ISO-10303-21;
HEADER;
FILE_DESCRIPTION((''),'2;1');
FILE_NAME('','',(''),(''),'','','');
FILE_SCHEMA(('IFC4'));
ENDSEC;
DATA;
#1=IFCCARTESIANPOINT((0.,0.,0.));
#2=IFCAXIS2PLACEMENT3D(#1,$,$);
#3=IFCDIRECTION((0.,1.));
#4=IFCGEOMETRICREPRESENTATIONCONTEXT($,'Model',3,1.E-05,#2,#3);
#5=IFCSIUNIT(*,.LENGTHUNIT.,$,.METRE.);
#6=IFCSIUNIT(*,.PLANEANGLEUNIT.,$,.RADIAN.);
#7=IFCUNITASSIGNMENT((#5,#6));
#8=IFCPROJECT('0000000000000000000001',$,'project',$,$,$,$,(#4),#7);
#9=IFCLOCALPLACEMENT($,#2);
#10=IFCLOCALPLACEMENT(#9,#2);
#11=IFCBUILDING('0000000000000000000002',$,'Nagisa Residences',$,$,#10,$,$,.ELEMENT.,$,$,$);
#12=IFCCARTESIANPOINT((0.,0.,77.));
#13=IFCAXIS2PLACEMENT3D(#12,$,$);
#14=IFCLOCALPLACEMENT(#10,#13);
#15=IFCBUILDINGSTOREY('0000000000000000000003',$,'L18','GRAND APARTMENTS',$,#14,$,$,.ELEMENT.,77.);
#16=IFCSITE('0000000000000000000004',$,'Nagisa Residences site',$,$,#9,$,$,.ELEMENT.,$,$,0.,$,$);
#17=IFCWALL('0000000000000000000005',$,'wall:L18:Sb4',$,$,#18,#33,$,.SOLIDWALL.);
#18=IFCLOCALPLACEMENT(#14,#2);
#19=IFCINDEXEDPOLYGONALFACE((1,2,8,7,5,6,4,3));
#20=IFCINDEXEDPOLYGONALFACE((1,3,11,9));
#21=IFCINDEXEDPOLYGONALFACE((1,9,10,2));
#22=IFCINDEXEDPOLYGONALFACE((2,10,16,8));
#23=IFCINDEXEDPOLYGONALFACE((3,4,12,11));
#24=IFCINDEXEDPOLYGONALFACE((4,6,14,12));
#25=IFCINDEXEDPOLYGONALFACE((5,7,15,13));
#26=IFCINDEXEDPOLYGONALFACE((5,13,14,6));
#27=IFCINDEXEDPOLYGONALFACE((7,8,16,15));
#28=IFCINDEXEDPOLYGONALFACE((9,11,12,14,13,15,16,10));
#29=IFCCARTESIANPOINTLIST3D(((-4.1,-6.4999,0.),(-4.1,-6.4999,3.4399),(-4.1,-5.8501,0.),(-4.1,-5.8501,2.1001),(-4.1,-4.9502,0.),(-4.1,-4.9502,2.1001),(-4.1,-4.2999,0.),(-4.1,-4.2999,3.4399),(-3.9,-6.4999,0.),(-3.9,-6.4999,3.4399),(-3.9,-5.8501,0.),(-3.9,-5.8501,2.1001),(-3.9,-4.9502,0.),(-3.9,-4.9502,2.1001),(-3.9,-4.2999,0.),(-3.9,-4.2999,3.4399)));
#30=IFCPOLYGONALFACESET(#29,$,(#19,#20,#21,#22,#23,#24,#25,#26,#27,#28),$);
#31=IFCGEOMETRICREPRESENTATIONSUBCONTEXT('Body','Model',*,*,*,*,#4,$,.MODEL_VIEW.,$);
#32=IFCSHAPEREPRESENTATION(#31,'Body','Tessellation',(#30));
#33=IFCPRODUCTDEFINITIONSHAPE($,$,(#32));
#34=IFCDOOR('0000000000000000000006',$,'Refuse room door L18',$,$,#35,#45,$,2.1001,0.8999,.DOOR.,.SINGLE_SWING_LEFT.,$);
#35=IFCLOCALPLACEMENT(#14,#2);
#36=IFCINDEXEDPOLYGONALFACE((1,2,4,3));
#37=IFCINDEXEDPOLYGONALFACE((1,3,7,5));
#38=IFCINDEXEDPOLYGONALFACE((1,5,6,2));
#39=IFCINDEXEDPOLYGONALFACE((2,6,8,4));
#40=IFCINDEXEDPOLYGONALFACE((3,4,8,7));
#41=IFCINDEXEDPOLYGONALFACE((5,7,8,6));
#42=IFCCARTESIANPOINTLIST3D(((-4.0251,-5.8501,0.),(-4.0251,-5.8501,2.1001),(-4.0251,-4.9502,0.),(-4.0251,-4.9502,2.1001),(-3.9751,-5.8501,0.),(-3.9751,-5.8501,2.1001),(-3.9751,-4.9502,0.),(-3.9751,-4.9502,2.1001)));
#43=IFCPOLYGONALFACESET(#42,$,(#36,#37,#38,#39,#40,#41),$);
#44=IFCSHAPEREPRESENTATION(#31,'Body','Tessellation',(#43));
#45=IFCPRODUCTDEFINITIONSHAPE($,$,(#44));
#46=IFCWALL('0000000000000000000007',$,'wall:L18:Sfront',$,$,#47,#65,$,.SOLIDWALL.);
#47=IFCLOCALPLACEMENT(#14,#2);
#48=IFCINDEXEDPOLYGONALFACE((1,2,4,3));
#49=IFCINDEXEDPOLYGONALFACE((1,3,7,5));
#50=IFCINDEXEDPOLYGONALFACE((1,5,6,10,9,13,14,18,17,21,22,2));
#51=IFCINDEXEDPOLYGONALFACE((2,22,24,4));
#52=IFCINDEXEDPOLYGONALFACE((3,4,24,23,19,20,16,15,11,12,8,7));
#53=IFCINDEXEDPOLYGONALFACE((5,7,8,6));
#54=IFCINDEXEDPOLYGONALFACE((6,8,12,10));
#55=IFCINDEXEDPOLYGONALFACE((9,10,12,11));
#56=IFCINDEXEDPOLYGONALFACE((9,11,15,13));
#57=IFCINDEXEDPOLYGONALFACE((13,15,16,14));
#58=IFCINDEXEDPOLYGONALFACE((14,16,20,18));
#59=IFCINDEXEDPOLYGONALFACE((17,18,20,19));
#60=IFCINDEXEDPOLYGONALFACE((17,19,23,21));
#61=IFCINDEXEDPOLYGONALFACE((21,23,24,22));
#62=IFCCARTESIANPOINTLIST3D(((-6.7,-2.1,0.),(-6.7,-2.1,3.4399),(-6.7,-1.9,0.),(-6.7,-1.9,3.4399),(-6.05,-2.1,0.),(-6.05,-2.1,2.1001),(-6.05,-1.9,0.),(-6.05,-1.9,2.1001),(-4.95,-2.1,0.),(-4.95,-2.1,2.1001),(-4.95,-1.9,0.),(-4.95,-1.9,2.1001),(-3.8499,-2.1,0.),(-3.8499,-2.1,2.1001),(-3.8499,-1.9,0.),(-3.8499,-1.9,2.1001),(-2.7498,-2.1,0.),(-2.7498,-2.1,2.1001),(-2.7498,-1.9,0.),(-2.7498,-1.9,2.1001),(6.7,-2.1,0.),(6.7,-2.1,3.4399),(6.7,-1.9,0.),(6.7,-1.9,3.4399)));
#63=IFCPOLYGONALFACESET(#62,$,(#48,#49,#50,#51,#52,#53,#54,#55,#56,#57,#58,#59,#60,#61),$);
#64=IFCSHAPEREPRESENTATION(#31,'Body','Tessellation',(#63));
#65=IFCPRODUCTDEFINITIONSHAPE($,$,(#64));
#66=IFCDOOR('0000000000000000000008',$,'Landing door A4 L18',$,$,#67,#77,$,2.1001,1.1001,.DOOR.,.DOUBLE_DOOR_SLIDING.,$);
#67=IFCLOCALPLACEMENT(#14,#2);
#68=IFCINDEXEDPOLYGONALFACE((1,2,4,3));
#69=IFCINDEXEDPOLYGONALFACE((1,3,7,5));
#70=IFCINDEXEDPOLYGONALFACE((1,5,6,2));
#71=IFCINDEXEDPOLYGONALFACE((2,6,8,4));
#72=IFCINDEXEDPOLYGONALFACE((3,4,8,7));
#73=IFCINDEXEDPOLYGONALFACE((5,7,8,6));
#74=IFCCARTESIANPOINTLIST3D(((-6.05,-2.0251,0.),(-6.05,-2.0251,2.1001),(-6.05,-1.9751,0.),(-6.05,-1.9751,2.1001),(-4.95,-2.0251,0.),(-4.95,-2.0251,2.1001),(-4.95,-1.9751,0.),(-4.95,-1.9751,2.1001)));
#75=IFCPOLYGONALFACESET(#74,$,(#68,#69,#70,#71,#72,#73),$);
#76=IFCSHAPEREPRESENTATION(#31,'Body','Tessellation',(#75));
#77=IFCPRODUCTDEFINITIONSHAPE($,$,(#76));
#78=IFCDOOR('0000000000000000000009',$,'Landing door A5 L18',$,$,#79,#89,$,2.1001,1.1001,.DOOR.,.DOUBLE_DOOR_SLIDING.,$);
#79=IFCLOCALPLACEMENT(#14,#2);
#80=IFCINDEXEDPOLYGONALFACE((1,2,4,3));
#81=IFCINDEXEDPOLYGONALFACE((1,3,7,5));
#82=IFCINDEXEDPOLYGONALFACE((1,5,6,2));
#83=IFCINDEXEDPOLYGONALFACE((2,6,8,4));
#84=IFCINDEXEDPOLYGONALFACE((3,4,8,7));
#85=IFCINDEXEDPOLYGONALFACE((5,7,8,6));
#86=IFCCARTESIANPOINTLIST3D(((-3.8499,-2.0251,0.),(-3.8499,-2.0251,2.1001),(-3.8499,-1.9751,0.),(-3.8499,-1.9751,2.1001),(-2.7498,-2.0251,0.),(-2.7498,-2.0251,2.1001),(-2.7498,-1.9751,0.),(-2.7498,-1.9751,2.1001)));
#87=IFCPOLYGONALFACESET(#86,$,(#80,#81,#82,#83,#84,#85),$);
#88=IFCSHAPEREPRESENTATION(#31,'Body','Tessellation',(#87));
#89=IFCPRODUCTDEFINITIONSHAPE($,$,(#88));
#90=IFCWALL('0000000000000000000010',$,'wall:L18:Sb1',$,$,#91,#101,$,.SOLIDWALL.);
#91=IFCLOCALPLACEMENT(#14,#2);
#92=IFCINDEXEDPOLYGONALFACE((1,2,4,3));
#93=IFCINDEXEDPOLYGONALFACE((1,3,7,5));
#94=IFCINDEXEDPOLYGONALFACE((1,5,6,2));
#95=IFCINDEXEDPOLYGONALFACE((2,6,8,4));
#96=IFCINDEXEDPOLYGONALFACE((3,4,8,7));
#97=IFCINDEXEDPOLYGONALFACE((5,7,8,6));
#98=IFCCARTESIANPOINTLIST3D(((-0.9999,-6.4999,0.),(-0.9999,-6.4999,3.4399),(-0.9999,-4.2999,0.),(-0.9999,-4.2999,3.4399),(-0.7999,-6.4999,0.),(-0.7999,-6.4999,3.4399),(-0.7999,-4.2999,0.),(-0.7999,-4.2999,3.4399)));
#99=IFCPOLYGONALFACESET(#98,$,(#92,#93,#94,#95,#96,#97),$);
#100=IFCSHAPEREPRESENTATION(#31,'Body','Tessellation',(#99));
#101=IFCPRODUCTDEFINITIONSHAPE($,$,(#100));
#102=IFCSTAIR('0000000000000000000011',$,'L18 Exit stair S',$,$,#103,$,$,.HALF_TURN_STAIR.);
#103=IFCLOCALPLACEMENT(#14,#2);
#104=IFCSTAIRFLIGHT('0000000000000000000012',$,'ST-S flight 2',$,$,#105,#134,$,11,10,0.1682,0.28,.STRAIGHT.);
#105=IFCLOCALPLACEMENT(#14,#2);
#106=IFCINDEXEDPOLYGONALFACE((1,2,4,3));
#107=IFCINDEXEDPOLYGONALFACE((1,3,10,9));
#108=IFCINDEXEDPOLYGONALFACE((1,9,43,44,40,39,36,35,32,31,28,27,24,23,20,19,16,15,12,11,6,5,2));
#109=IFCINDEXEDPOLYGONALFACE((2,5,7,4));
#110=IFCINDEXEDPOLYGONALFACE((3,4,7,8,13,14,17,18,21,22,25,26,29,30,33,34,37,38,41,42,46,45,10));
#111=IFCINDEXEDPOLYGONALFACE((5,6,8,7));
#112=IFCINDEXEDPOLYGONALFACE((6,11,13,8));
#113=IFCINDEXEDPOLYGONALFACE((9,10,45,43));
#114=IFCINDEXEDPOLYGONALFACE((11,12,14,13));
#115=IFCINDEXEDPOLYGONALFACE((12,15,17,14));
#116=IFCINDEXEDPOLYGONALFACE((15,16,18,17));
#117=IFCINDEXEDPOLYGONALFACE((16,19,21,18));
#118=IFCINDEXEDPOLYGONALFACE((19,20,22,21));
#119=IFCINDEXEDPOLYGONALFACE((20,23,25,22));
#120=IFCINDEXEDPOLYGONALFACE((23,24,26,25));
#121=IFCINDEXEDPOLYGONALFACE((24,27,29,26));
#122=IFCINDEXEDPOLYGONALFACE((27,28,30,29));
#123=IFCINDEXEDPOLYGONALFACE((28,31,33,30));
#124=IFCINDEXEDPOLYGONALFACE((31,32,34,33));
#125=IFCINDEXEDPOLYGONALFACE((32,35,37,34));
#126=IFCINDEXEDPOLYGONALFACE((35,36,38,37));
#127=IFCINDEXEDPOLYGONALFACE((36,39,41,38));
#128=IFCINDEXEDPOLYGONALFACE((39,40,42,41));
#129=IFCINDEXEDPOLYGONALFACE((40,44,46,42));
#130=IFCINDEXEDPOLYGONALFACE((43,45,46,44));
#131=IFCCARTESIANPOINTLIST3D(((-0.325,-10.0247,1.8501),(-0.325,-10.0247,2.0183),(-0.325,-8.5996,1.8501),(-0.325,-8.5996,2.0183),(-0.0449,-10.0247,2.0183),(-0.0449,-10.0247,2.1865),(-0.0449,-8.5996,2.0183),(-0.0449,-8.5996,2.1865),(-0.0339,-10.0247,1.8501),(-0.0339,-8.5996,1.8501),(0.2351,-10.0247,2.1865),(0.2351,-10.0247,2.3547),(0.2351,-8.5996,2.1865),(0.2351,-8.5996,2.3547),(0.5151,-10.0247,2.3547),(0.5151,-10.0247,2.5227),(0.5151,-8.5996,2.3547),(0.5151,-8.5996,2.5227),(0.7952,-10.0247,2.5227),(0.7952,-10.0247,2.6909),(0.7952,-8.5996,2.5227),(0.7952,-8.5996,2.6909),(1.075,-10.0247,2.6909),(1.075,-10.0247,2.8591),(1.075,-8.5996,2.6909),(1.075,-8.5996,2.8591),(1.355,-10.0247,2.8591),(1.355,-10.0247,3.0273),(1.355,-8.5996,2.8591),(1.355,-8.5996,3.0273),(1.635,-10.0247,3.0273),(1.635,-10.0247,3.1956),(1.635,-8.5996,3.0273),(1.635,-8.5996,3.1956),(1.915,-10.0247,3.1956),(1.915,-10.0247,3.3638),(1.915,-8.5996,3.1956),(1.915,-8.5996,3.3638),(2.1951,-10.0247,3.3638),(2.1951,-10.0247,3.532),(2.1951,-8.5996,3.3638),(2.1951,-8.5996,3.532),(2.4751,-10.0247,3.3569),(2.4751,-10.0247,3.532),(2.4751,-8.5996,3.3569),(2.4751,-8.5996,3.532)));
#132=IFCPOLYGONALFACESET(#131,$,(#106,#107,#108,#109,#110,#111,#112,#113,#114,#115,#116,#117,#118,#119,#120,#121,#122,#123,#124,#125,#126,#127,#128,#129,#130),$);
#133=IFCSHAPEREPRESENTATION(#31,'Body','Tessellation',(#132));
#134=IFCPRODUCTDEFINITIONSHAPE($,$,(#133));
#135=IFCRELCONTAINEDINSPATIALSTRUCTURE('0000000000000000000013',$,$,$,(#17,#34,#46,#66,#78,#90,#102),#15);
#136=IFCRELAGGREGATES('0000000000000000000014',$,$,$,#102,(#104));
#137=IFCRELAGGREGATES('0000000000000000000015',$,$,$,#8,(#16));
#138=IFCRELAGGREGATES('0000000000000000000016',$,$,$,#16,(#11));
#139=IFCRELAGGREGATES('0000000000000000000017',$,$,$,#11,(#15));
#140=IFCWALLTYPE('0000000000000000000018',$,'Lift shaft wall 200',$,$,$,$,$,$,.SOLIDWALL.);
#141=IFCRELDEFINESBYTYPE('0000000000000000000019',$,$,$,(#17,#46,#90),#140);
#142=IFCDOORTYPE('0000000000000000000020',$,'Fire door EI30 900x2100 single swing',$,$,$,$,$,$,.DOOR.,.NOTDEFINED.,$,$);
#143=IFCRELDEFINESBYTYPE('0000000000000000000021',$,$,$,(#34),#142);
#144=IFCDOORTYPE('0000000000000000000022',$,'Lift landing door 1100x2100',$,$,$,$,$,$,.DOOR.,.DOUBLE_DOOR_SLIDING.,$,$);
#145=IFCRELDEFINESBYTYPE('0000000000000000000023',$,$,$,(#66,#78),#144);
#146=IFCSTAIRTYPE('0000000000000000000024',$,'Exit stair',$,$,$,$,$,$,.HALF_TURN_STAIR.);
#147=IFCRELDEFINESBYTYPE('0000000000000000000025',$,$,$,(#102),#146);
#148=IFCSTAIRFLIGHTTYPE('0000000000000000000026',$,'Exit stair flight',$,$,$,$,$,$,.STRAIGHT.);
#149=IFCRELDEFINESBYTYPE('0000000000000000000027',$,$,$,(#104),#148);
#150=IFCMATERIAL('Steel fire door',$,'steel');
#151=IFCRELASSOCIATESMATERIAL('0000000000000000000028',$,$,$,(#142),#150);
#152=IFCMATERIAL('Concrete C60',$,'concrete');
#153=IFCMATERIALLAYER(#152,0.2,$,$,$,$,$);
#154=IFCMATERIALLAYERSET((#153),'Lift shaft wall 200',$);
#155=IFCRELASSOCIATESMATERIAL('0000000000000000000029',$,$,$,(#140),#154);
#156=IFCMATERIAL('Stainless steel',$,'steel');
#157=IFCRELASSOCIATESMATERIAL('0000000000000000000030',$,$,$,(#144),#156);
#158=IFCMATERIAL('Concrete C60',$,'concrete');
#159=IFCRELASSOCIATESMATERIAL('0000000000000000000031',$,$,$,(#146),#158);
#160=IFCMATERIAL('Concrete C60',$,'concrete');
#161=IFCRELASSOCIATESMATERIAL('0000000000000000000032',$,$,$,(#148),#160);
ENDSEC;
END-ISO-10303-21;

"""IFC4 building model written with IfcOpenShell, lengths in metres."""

from ifc_helpers import new_model, si_unit, direction, frame, frame_2d, origin, place, context, subcontext, project, spatial, polyline, rectangle, outline, extrude, material, layer, layer_set, type_object, element, fill, aggregate, save


model = new_model("IFC4")

# Units and contexts
model_context = context("Model", 3, precision=1e-05, world=origin(), true_north=direction((0.0, 1.0)))
body_context = subcontext(model_context, "Body", "Model", "MODEL_VIEW")
ifc_project = project(units=[si_unit("LENGTHUNIT", "METRE"), si_unit("PLANEANGLEUNIT", "RADIAN")], contexts=[model_context])

# Site, building, storey
site_placement = place(None, origin())
site = spatial("IfcSite", under=ifc_project, at=site_placement, Name="Nagisa Residences site", CompositionType="ELEMENT", RefElevation=0.0)
building_placement = place(site_placement, origin())
building = spatial("IfcBuilding", under=site, at=building_placement, Name="Nagisa Residences", CompositionType="ELEMENT")
storey_placement = place(building_placement, frame((0.0, 0.0, 77.0)))
storey = spatial("IfcBuildingStorey", under=building, at=storey_placement, Name="L18", Description="GRAND APARTMENTS", CompositionType="ELEMENT", Elevation=77.0)

# Shared definitions
ifc_material_1 = material(Name="Steel fire door", Category="steel")
door_type_1 = type_object("IfcDoorType", Name="Fire door EI30 900x2100 single swing", OperationType="NOTDEFINED", PredefinedType="DOOR", material=ifc_material_1)

# Wall, opening, door
ifc_material_2 = material(Name="Concrete C60", Category="concrete")
ifc_layer_1 = layer(ifc_material_2, 0.2)
ifc_layer_set_1 = layer_set([ifc_layer_1], Name="Lift shaft wall 200")
wall_type_1 = type_object("IfcWallType", Name="Lift shaft wall 200", PredefinedType="SOLIDWALL", material=ifc_layer_set_1)
wall_1_placement = place(storey_placement, frame((-4.0, -6.5, 0.0), z_axis=(0.0, 0.0, 1.0), x_axis=(0.0, 1.0, 0.0)))
wall_1 = element("IfcWall", 1, at=wall_1_placement, inside=storey, type_object=wall_type_1, Name="wall:L18:Sb4", PredefinedType="SOLIDWALL", context=body_context, shape_type="SweptSolid", body=[
    extrude(rectangle(XDim=2.2, YDim=0.2, at=frame_2d((1.1001, 0.0))), origin(), (0.0, 0.0, 1.0), 3.4399),
])
opening_1_placement = place(wall_1_placement, frame((0.6499, 0.0, 0.0)))
opening_1 = element("IfcOpeningElement", 2, at=opening_1_placement, cuts=wall_1, PredefinedType="OPENING", context=body_context, shape_type="SweptSolid", body=[
    extrude(rectangle(XDim=0.8999, YDim=2.1001, at=frame_2d((0.45, 1.05))), frame((0.0, 0.1099, 0.0), z_axis=(0.0, -1.0, 0.0), x_axis=(1.0, 0.0, 0.0)), (0.0, 0.0, 1.0), 0.22),
])
door_1_placement = place(opening_1_placement, frame((0.8999, 0.0, 0.0), x_axis=(-1.0, 0.0, 0.0)))
door_1 = element("IfcDoor", 3, at=door_1_placement, inside=storey, type_object=door_type_1, Name="Refuse room door L18", OperationType="SINGLE_SWING_LEFT", OverallHeight=2.1001, OverallWidth=0.8999, PredefinedType="DOOR", context=body_context, shape_type="SweptSolid", body=[
    extrude(rectangle(XDim=0.8999, YDim=2.1001, at=frame_2d((0.45, 1.05))), frame((0.0, 0.0249, 0.0), z_axis=(0.0, -1.0, 0.0), x_axis=(1.0, 0.0, 0.0)), (0.0, 0.0, 1.0), 0.05),
])
fill(opening_1, door_1)

# Wall, openings, doors
wall_2_placement = place(storey_placement, frame((-6.7, -2.0, 0.0), z_axis=(0.0, 0.0, 1.0), x_axis=(1.0, 0.0, 0.0)))
wall_2 = element("IfcWall", 4, at=wall_2_placement, inside=storey, type_object=wall_type_1, Name="wall:L18:Sfront", PredefinedType="SOLIDWALL", context=body_context, shape_type="SweptSolid", body=[
    extrude(rectangle(XDim=13.3999, YDim=0.2, at=frame_2d((6.7, 0.0))), origin(), (0.0, 0.0, 1.0), 3.4399),
])
opening_2_placement = place(wall_2_placement, frame((0.6499, 0.0, 0.0)))
opening_2 = element("IfcOpeningElement", 5, at=opening_2_placement, cuts=wall_2, PredefinedType="OPENING", context=body_context, shape_type="SweptSolid", body=[
    extrude(rectangle(XDim=1.1001, YDim=2.1001, at=frame_2d((0.55, 1.05))), frame((0.0, 0.1099, 0.0), z_axis=(0.0, -1.0, 0.0), x_axis=(1.0, 0.0, 0.0)), (0.0, 0.0, 1.0), 0.22),
])
opening_3_placement = place(wall_2_placement, frame((2.8501, 0.0, 0.0)))
opening_3 = element("IfcOpeningElement", 6, at=opening_3_placement, cuts=wall_2, PredefinedType="OPENING", context=body_context, shape_type="SweptSolid", body=[
    extrude(rectangle(XDim=1.1001, YDim=2.1001, at=frame_2d((0.55, 1.05))), frame((0.0, 0.1099, 0.0), z_axis=(0.0, -1.0, 0.0), x_axis=(1.0, 0.0, 0.0)), (0.0, 0.0, 1.0), 0.22),
])
ifc_material_3 = material(Name="Stainless steel", Category="steel")
door_type_2 = type_object("IfcDoorType", Name="Lift landing door 1100x2100", OperationType="DOUBLE_DOOR_SLIDING", PredefinedType="DOOR", material=ifc_material_3)
door_2_placement = place(opening_2_placement, origin())
door_2 = element("IfcDoor", 7, at=door_2_placement, inside=storey, type_object=door_type_2, Name="Landing door A4 L18", OperationType="DOUBLE_DOOR_SLIDING", OverallHeight=2.1001, OverallWidth=1.1001, PredefinedType="DOOR", context=body_context, shape_type="SweptSolid", body=[
    extrude(rectangle(XDim=1.1001, YDim=2.1001, at=frame_2d((0.55, 1.05))), frame((0.0, 0.0249, 0.0), z_axis=(0.0, -1.0, 0.0), x_axis=(1.0, 0.0, 0.0)), (0.0, 0.0, 1.0), 0.05),
])
fill(opening_2, door_2)
door_3_placement = place(opening_3_placement, origin())
door_3 = element("IfcDoor", 8, at=door_3_placement, inside=storey, type_object=door_type_2, Name="Landing door A5 L18", OperationType="DOUBLE_DOOR_SLIDING", OverallHeight=2.1001, OverallWidth=1.1001, PredefinedType="DOOR", context=body_context, shape_type="SweptSolid", body=[
    extrude(rectangle(XDim=1.1001, YDim=2.1001, at=frame_2d((0.55, 1.05))), frame((0.0, 0.0249, 0.0), z_axis=(0.0, -1.0, 0.0), x_axis=(1.0, 0.0, 0.0)), (0.0, 0.0, 1.0), 0.05),
])
fill(opening_3, door_3)

# Wall
wall_3_placement = place(storey_placement, frame((-0.8999, -6.5, 0.0), z_axis=(0.0, 0.0, 1.0), x_axis=(0.0, 1.0, 0.0)))
element("IfcWall", 9, at=wall_3_placement, inside=storey, type_object=wall_type_1, Name="wall:L18:Sb1", PredefinedType="SOLIDWALL", context=body_context, shape_type="SweptSolid", body=[
    extrude(rectangle(XDim=2.2, YDim=0.2, at=frame_2d((1.1001, 0.0))), origin(), (0.0, 0.0, 1.0), 3.4399),
])

# Stair, stair flight
ifc_material_4 = material(Name="Concrete C60", Category="concrete")
stair_type = type_object("IfcStairType", Name="Exit stair", PredefinedType="HALF_TURN_STAIR", material=ifc_material_4)
stair_placement = place(storey_placement, origin())
stair = element("IfcStair", 10, at=stair_placement, inside=storey, type_object=stair_type, Name="L18 Exit stair S", PredefinedType="HALF_TURN_STAIR")
ifc_material_5 = material(Name="Concrete C60", Category="concrete")
stair_flight_type = type_object("IfcStairFlightType", Name="Exit stair flight", PredefinedType="STRAIGHT", material=ifc_material_5)
stair_flight_placement = place(storey_placement, frame((-0.325, -9.312, 1.8501), z_axis=(0.0, 0.0, 1.0), x_axis=(1.0, 0.0, 0.0)))
stair_flight = element("IfcStairFlight", 11, at=stair_flight_placement, type_object=stair_flight_type, Name="ST-S flight 2", NumberOfRisers=11, NumberOfTreads=10, PredefinedType="STRAIGHT", RiserHeight=0.1682, TreadLength=0.28, context=body_context, shape_type="SweptSolid", body=[
    extrude(outline(polyline([(0.0, 0.0), (0.0, 0.1682), (0.28, 0.1682), (0.28, 0.3364), (0.5601, 0.3364), (0.5601, 0.5046), (0.8401, 0.5046), (0.8401, 0.6726), (1.1201, 0.6726), (1.1201, 0.8408), (1.3999, 0.8408), (1.3999, 1.009), (1.6799, 1.009), (1.6799, 1.1772), (1.96, 1.1772), (1.96, 1.3455), (2.24, 1.3455), (2.24, 1.5137), (2.52, 1.5137), (2.52, 1.6819), (2.8, 1.6819), (2.8, 1.8501), (2.8, 1.5068), (0.291, 0.0), (0.0, 0.0)])), frame((0.0, 0.7124, 0.0), z_axis=(0.0, -1.0, 0.0), x_axis=(1.0, 0.0, 0.0)), (0.0, 0.0, 1.0), 1.425),
])
aggregate(stair, [stair_flight])

save(model, "model.ifc")
